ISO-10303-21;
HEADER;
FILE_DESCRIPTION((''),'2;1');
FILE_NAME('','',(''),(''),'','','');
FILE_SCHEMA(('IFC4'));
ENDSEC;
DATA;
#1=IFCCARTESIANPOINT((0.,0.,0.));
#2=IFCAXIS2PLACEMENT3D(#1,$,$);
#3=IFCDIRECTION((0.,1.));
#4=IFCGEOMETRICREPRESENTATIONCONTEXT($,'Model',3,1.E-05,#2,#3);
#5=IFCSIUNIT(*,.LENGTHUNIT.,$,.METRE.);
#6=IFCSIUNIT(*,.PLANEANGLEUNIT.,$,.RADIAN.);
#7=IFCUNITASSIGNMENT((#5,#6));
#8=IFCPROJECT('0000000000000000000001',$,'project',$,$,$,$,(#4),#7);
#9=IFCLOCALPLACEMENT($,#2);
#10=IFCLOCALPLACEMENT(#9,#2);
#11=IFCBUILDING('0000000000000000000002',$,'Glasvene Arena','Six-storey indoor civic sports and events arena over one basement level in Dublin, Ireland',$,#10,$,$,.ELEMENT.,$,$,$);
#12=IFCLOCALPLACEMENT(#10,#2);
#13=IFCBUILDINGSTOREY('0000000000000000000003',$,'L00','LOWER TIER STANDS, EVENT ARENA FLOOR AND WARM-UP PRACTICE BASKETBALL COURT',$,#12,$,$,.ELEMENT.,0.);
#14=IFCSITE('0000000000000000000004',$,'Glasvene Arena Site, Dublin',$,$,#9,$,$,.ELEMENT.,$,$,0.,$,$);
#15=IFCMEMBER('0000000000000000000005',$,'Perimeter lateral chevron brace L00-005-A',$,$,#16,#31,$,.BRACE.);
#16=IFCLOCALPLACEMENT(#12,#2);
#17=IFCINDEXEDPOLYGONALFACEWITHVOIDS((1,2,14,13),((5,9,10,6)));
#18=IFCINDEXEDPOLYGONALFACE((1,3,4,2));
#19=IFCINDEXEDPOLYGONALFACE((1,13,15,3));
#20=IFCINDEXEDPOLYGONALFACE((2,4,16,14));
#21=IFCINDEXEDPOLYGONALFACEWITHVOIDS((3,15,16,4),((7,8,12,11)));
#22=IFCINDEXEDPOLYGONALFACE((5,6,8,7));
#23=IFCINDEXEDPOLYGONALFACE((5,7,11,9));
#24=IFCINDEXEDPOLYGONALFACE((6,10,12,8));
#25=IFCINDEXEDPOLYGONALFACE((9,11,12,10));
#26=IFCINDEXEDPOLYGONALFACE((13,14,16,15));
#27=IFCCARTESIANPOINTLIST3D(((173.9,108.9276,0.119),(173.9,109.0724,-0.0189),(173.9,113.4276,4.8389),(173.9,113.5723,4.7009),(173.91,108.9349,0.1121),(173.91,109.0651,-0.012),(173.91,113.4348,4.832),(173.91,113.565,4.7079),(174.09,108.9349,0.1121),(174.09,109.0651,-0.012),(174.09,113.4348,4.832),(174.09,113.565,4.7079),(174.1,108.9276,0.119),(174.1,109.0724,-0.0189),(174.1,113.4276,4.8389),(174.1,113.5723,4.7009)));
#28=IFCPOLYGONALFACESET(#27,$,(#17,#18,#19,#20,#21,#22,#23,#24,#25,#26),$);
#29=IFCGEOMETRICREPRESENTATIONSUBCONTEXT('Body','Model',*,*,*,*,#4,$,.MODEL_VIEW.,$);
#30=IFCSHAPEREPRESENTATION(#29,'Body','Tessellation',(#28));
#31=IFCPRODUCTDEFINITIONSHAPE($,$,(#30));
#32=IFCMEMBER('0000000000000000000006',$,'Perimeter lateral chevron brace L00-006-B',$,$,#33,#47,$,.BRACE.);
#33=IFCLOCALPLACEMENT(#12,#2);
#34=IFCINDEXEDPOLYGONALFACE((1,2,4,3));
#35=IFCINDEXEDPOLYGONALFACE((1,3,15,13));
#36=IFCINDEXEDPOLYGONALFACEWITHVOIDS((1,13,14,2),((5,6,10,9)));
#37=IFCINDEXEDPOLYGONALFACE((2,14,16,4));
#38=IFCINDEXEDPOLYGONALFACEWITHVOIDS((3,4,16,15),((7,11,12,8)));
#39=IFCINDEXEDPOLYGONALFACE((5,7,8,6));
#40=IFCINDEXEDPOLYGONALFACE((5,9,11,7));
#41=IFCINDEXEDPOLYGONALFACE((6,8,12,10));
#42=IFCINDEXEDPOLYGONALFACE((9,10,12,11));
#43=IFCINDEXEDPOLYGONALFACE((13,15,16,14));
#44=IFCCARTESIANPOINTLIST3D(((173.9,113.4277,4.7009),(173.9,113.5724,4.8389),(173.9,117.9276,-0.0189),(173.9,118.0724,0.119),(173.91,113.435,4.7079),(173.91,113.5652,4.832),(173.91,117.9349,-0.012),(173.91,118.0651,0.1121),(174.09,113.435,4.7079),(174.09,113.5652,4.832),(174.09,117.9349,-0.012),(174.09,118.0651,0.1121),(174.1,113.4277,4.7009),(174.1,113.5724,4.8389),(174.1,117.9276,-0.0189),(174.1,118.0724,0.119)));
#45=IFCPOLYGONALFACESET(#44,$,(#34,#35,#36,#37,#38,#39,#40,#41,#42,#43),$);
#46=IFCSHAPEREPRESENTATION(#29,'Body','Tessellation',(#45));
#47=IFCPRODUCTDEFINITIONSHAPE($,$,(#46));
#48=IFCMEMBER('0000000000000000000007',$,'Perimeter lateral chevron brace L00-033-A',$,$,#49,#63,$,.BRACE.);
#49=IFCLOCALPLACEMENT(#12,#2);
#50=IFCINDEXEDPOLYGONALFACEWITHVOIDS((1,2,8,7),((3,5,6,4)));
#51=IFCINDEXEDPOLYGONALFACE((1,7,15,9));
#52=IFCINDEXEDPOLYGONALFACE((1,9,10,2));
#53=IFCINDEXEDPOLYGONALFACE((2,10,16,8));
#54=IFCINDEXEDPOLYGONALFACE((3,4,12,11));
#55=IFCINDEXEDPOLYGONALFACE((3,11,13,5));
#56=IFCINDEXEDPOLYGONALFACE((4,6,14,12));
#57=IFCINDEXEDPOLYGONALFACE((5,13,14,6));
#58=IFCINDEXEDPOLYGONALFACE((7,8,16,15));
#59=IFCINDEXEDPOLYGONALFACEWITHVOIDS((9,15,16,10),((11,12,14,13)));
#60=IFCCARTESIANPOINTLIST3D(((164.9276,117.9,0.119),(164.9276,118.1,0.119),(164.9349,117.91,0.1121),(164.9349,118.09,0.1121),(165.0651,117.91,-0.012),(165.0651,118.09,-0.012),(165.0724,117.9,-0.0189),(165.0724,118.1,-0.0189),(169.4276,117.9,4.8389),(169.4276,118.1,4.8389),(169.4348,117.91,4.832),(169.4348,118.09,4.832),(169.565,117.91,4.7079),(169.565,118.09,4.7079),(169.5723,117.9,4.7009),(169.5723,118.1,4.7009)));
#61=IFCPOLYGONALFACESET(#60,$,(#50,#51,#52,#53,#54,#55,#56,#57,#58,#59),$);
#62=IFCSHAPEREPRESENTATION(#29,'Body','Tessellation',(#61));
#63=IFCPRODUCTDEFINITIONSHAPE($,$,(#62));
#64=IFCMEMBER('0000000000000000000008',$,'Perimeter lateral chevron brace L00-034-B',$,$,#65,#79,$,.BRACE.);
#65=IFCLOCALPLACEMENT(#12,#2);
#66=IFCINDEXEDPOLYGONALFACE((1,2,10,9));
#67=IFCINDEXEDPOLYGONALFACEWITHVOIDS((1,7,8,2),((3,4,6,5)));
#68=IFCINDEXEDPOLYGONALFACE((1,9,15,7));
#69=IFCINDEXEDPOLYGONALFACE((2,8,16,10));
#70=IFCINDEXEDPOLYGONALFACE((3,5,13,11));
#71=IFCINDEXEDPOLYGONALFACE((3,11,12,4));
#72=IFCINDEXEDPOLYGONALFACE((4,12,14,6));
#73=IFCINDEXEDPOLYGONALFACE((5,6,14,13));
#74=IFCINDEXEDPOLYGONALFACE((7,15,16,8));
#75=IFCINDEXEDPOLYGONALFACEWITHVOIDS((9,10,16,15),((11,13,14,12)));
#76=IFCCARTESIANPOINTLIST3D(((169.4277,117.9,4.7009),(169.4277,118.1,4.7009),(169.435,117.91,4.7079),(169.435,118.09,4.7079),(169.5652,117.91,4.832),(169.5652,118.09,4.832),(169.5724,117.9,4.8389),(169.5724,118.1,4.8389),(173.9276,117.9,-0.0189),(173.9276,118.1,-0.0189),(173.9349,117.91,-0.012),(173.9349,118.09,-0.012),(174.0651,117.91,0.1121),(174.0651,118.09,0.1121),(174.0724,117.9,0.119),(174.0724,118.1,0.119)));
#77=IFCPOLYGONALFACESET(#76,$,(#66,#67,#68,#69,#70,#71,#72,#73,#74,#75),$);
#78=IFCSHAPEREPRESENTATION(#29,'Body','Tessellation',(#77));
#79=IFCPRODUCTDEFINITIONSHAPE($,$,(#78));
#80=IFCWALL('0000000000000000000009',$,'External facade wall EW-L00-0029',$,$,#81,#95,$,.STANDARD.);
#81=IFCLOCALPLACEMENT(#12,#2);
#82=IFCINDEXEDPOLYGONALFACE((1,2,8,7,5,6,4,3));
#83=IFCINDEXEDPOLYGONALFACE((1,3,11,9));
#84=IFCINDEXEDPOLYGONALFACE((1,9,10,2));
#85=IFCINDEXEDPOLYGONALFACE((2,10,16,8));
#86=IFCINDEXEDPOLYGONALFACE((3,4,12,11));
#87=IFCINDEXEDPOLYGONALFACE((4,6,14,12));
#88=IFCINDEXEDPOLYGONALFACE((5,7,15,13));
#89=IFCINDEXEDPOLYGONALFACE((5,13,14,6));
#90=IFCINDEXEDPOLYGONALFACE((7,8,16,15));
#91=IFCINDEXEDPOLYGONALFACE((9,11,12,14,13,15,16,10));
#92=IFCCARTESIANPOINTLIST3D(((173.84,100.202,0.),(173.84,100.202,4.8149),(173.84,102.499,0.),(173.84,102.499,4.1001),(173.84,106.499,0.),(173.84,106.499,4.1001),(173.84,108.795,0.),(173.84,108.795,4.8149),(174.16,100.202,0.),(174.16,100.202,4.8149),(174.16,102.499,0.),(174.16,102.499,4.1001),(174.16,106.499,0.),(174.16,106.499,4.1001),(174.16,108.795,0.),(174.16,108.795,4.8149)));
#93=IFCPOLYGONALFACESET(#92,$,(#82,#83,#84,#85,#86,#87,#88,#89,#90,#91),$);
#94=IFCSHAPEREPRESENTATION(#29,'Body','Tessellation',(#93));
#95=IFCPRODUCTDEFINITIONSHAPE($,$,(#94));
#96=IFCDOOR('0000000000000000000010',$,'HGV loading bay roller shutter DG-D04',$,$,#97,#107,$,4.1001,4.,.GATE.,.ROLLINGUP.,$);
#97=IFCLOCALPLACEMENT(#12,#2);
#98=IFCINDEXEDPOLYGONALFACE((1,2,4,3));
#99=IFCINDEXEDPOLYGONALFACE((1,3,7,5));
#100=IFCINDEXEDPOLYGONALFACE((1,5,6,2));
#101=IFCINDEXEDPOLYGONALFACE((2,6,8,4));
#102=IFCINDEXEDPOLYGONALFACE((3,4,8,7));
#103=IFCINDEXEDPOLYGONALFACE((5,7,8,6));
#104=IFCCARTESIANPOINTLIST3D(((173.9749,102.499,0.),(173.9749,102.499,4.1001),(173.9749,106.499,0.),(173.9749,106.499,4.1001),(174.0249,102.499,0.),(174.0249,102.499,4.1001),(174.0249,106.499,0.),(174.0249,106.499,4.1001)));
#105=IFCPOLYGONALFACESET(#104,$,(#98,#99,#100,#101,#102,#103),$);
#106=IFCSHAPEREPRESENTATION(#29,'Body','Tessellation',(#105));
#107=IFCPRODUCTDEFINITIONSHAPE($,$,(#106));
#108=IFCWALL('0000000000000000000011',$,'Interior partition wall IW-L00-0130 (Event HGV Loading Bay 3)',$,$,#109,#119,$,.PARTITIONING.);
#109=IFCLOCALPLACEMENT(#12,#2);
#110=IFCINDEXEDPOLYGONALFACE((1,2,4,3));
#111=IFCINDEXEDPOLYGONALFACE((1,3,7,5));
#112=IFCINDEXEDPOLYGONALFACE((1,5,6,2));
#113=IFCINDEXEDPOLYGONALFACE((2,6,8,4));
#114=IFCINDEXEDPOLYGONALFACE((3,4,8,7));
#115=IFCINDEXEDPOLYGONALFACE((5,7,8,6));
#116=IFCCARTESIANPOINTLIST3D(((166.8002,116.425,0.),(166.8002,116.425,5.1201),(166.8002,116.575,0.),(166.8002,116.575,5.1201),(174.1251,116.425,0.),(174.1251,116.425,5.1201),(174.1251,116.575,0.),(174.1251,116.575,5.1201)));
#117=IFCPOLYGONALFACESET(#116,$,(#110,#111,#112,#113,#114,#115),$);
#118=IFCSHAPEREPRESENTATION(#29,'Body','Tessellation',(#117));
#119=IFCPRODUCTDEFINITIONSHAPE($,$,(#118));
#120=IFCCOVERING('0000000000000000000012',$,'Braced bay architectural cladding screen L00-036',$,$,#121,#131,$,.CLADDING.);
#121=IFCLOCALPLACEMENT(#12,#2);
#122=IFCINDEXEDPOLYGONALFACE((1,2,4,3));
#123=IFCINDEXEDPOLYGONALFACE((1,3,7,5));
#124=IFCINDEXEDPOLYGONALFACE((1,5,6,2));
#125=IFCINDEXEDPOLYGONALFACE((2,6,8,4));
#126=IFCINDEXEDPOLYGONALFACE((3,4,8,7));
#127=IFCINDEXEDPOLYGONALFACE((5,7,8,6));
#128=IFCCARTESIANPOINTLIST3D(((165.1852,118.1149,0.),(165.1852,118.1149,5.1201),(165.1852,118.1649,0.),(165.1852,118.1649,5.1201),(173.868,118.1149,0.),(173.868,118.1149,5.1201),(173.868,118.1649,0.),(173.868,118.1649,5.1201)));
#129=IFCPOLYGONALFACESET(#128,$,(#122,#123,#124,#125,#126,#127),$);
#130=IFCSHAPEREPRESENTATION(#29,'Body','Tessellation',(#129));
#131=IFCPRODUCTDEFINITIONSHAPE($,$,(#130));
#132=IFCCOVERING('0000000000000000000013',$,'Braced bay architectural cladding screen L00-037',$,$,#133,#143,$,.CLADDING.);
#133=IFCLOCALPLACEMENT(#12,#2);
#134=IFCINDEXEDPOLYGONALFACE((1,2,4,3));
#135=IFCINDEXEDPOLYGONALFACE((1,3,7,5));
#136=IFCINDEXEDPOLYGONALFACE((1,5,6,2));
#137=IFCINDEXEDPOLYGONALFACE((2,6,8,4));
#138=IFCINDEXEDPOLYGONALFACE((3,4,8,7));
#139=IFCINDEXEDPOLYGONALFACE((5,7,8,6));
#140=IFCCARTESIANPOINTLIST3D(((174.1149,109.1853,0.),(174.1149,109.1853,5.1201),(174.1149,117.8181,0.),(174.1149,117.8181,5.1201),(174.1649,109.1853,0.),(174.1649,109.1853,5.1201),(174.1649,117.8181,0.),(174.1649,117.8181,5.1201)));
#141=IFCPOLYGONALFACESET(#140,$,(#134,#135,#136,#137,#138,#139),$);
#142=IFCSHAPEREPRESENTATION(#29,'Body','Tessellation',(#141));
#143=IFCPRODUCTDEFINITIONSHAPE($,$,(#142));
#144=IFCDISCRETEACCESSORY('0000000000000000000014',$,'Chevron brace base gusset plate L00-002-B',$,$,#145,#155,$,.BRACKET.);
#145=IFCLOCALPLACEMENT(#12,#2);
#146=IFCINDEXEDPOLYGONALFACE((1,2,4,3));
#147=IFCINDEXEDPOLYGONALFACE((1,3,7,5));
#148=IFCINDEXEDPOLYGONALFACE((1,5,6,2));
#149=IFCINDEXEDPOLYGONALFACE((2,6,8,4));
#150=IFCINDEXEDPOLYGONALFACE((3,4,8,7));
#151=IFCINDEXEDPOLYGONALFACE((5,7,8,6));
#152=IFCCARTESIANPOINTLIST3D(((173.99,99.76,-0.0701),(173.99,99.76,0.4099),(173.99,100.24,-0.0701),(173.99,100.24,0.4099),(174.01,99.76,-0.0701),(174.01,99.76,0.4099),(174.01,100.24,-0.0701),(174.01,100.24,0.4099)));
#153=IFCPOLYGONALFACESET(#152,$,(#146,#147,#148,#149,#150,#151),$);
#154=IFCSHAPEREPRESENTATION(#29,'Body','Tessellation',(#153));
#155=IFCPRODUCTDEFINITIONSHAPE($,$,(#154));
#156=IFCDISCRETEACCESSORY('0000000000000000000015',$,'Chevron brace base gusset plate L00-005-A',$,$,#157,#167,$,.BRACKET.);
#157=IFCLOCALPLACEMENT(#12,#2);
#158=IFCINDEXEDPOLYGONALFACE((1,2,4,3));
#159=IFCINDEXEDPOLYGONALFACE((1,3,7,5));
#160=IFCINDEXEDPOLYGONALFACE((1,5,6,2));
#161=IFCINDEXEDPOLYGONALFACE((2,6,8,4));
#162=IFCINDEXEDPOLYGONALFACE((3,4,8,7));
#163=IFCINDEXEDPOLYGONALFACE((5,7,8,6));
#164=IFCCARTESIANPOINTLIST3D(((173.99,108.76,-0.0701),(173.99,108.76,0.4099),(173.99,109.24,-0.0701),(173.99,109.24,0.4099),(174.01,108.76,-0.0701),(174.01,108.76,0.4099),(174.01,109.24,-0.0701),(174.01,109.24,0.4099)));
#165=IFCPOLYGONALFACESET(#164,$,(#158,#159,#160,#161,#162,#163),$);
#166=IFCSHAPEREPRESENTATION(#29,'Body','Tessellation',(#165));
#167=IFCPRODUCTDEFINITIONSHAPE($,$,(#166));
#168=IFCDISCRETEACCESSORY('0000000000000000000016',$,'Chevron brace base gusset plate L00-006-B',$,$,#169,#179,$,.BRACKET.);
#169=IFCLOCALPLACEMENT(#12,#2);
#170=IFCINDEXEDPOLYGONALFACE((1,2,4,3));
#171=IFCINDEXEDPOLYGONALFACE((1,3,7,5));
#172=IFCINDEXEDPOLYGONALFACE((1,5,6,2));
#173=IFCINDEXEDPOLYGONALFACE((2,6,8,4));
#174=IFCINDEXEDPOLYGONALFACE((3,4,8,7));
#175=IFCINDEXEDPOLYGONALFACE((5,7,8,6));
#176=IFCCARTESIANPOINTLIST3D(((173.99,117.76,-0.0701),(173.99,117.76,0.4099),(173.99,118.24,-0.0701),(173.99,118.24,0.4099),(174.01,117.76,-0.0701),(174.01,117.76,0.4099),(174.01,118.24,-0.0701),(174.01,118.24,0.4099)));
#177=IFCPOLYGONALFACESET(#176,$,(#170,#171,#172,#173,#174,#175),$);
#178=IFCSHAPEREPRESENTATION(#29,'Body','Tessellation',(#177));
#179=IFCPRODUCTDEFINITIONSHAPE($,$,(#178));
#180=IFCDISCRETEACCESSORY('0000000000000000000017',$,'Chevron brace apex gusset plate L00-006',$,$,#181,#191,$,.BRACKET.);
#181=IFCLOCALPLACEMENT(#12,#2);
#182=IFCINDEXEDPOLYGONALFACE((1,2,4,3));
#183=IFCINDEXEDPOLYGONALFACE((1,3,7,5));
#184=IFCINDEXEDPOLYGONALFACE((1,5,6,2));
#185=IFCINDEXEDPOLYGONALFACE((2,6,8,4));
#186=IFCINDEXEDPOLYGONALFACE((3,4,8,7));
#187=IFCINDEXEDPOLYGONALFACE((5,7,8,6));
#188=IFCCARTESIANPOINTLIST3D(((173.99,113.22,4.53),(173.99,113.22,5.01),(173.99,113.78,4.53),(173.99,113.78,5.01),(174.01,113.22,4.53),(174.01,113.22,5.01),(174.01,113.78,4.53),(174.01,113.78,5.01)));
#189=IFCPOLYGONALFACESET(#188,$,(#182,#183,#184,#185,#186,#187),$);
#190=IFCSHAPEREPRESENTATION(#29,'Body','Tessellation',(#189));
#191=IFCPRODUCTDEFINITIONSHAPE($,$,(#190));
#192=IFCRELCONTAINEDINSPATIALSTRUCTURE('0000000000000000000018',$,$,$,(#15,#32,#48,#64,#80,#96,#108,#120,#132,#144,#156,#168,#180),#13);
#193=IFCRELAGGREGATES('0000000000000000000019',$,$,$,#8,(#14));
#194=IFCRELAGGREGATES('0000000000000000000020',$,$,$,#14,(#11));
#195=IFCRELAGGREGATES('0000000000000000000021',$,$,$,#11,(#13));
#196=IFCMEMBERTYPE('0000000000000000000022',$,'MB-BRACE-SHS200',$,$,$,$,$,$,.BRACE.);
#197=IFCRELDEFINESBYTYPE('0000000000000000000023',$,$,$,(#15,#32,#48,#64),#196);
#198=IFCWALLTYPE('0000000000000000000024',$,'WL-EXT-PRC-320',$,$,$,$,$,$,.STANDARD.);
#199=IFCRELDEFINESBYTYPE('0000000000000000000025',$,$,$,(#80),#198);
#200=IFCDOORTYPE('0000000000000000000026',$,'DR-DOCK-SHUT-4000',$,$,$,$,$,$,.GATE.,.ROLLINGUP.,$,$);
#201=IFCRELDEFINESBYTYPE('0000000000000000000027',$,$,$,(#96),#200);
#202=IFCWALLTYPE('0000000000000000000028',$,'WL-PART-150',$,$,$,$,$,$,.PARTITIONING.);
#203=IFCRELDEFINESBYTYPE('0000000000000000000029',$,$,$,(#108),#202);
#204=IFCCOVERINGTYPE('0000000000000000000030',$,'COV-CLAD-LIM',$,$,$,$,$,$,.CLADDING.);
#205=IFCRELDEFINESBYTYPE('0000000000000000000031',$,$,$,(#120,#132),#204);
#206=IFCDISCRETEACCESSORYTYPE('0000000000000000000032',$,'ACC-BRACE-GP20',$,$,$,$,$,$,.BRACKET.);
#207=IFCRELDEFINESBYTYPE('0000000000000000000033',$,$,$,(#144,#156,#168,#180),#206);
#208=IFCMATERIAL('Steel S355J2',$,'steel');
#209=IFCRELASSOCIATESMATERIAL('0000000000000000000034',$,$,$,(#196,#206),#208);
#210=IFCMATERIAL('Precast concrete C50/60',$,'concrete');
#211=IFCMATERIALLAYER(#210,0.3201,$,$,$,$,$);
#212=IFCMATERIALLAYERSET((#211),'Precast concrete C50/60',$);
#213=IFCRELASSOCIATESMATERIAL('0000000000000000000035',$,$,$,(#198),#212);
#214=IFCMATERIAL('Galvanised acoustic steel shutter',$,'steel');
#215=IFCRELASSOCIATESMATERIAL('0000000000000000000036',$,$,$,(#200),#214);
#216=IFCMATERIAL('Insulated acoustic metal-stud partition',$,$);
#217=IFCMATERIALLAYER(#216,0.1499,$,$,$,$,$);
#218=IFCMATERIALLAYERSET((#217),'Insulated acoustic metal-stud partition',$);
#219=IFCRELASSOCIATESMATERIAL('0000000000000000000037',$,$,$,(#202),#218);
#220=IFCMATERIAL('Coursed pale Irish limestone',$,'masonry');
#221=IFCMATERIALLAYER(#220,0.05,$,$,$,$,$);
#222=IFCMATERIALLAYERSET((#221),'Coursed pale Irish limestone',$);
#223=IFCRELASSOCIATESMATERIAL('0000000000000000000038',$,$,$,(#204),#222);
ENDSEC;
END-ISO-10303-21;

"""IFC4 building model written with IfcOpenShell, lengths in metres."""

from ifc_helpers import new_model, si_unit, direction, frame, frame_2d, origin, origin_2d, place, context, subcontext, project, spatial, rectangle, hollow_rectangle, extrude, material, layer, layer_set, material_profile, profile_set, type_object, element, fill, save


model = new_model("IFC4")

# Units and contexts
model_context = context("Model", 3, precision=1e-05, world=origin(), true_north=direction((0.0, 1.0)))
body_context = subcontext(model_context, "Body", "Model", "MODEL_VIEW")
ifc_project = project(units=[si_unit("LENGTHUNIT", "METRE"), si_unit("PLANEANGLEUNIT", "RADIAN")], contexts=[model_context])

# Site, building, storey
site_placement = place(None, origin())
site = spatial("IfcSite", under=ifc_project, at=site_placement, Name="Glasvene Arena Site, Dublin", CompositionType="ELEMENT", RefElevation=0.0)
building_placement = place(site_placement, origin())
building = spatial("IfcBuilding", under=site, at=building_placement, Name="Glasvene Arena", Description="Six-storey indoor civic sports and events arena over one basement level in Dublin, Ireland", CompositionType="ELEMENT")
storey_placement = place(building_placement, origin())
storey = spatial("IfcBuildingStorey", under=building, at=storey_placement, Name="L00", Description="LOWER TIER STANDS, EVENT ARENA FLOOR AND WARM-UP PRACTICE BASKETBALL COURT", CompositionType="ELEMENT", Elevation=0.0)

# Shared definitions
ifc_material_1 = material(Name="Steel S355J2", Category="steel")

# Members
ifc_material_profile_1 = material_profile(ifc_material_1, hollow_rectangle(XDim=0.2, YDim=0.2, WallThickness=0.01, at=origin_2d()), Name="SHS 200x200x10.0")
ifc_profile_set_1 = profile_set([ifc_material_profile_1], Name="Steel S355J2")
member_type = type_object("IfcMemberType", Name="MB-BRACE-SHS200", PredefinedType="BRACE", material=ifc_profile_set_1)
for number, where, z_axis, x_axis, name in (
    (1, (174.0, 109.0, 0.05), (0.0, 0.69004, 0.723771), (-1.0, 0.0, 0.0), "Perimeter lateral chevron brace L00-005-A"),
    (2, (174.0, 118.0, 0.05), (0.0, -0.69004, 0.723771), (1.0, 0.0, 0.0), "Perimeter lateral chevron brace L00-006-B"),
    (3, (165.0, 118.0, 0.05), (0.69004, 0.0, 0.723771), (0.0, 1.0, 0.0), "Perimeter lateral chevron brace L00-033-A"),
    (4, (174.0, 118.0, 0.05), (-0.69004, 0.0, 0.723771), (0.0, -1.0, 0.0), "Perimeter lateral chevron brace L00-034-B"),
):
    element("IfcMember", number, at=place(storey_placement, frame(where, z_axis=z_axis, x_axis=x_axis)), inside=storey, type_object=member_type, Name=name, PredefinedType="BRACE", context=body_context, shape_type="SweptSolid", body=[
        extrude(hollow_rectangle(XDim=0.2, YDim=0.2, WallThickness=0.01, at=origin_2d()), origin(), (0.0, 0.0, 1.0), 6.5212),
    ])

# Wall, opening, door
ifc_material_2 = material(Name="Precast concrete C50/60", Category="concrete")
ifc_layer_1 = layer(ifc_material_2, 0.3201)
ifc_layer_set_1 = layer_set([ifc_layer_1], Name="Precast concrete C50/60")
wall_type_1 = type_object("IfcWallType", Name="WL-EXT-PRC-320", PredefinedType="STANDARD", material=ifc_layer_set_1)
wall_1_placement = place(storey_placement, frame((174.0, 108.7949, 0.0), z_axis=(0.0, 0.0, 1.0), x_axis=(0.0, -1.0, 0.0)))
wall_1 = element("IfcWall", 5, at=wall_1_placement, inside=storey, type_object=wall_type_1, Name="External facade wall EW-L00-0029", PredefinedType="STANDARD", context=body_context, shape_type="SweptSolid", body=[
    extrude(rectangle(XDim=8.593, YDim=0.3201, at=frame_2d((4.2964, 0.0))), origin(), (0.0, 0.0, 1.0), 4.8149),
])
opening_placement = place(wall_1_placement, frame((2.2959, 0.0, 0.0)))
opening = element("IfcOpeningElement", 6, at=opening_placement, cuts=wall_1, PredefinedType="OPENING", context=body_context, shape_type="SweptSolid", body=[
    extrude(rectangle(XDim=4.0, YDim=4.1001, at=frame_2d((2.0, 2.05))), frame((0.0, 0.1699, 0.0), z_axis=(0.0, -1.0, 0.0), x_axis=(1.0, 0.0, 0.0)), (0.0, 0.0, 1.0), 0.3401),
])
ifc_material_3 = material(Name="Galvanised acoustic steel shutter", Category="steel")
door_type = type_object("IfcDoorType", Name="DR-DOCK-SHUT-4000", OperationType="ROLLINGUP", PredefinedType="GATE", material=ifc_material_3)
door_placement = place(opening_placement, origin())
door = element("IfcDoor", 7, at=door_placement, inside=storey, type_object=door_type, Name="HGV loading bay roller shutter DG-D04", OperationType="ROLLINGUP", OverallHeight=4.1001, OverallWidth=4.0, PredefinedType="GATE", context=body_context, shape_type="SweptSolid", body=[
    extrude(rectangle(XDim=4.0, YDim=4.1001, at=frame_2d((2.0, 2.05))), frame((0.0, 0.0249, 0.0), z_axis=(0.0, -1.0, 0.0), x_axis=(1.0, 0.0, 0.0)), (0.0, 0.0, 1.0), 0.05),
])
fill(opening, door)

# Wall
ifc_material_4 = material(Name="Insulated acoustic metal-stud partition")
ifc_layer_2 = layer(ifc_material_4, 0.1499)
ifc_layer_set_2 = layer_set([ifc_layer_2], Name="Insulated acoustic metal-stud partition")
wall_type_2 = type_object("IfcWallType", Name="WL-PART-150", PredefinedType="PARTITIONING", material=ifc_layer_set_2)
wall_2_placement = place(storey_placement, frame((166.8, 116.5, 0.0), z_axis=(0.0, 0.0, 1.0), x_axis=(1.0, 0.0, 0.0)))
element("IfcWall", 8, at=wall_2_placement, inside=storey, type_object=wall_type_2, Name="Interior partition wall IW-L00-0130 (Event HGV Loading Bay 3)", PredefinedType="PARTITIONING", context=body_context, shape_type="SweptSolid", body=[
    extrude(rectangle(XDim=7.325, YDim=0.1499, at=frame_2d((3.6626, 0.0))), origin(), (0.0, 0.0, 1.0), 5.1201),
])

# Coverings
ifc_material_5 = material(Name="Coursed pale Irish limestone", Category="masonry")
ifc_layer_3 = layer(ifc_material_5, 0.05)
ifc_layer_set_3 = layer_set([ifc_layer_3], Name="Coursed pale Irish limestone")
covering_type = type_object("IfcCoveringType", Name="COV-CLAD-LIM", PredefinedType="CLADDING", material=ifc_layer_set_3)
covering_1_placement = place(storey_placement, frame((169.5266, 118.1399, 0.0), z_axis=(0.0, 0.0, 1.0), x_axis=(1.0, 0.0, 0.0)))
element("IfcCovering", 9, at=covering_1_placement, inside=storey, type_object=covering_type, Name="Braced bay architectural cladding screen L00-036", PredefinedType="CLADDING", context=body_context, shape_type="SweptSolid", body=[
    extrude(rectangle(XDim=8.6829, YDim=0.05, at=origin_2d()), origin(), (0.0, 0.0, 1.0), 5.1201),
])
covering_2_placement = place(storey_placement, frame((174.1399, 113.5017, 0.0), z_axis=(0.0, 0.0, 1.0), x_axis=(0.0, -1.0, 0.0)))
element("IfcCovering", 10, at=covering_2_placement, inside=storey, type_object=covering_type, Name="Braced bay architectural cladding screen L00-037", PredefinedType="CLADDING", context=body_context, shape_type="SweptSolid", body=[
    extrude(rectangle(XDim=8.6328, YDim=0.05, at=origin_2d()), origin(), (0.0, 0.0, 1.0), 5.1201),
])

# Discrete accessories
discrete_accessory_type_1 = type_object("IfcDiscreteAccessoryType", Name="ACC-BRACE-GP20", PredefinedType="BRACKET", material=ifc_material_1)
for number, where, z_axis, x_axis, name in (
    (11, (174.0, 100.0, -0.0701), (0.0, 0.0, 1.0), (1.0, 0.0, 0.0), "Chevron brace base gusset plate L00-002-B"),
    (12, (174.0, 109.0, -0.0701), (0.0, 0.0, 1.0), (1.0, 0.0, 0.0), "Chevron brace base gusset plate L00-005-A"),
    (13, (174.0, 118.0, -0.0701), (0.0, 0.0, 1.0), (1.0, 0.0, 0.0), "Chevron brace base gusset plate L00-006-B"),
):
    element("IfcDiscreteAccessory", number, at=place(storey_placement, frame(where, z_axis=z_axis, x_axis=x_axis)), inside=storey, type_object=discrete_accessory_type_1, Name=name, PredefinedType="BRACKET", context=body_context, shape_type="SweptSolid", body=[
        extrude(rectangle(XDim=0.02, YDim=0.48, at=origin_2d()), origin(), (0.0, 0.0, 1.0), 0.48),
    ])
discrete_accessory_1_placement = place(storey_placement, frame((174.0, 113.5, 4.53), z_axis=(0.0, 0.0, 1.0), x_axis=(1.0, 0.0, 0.0)))
element("IfcDiscreteAccessory", 14, at=discrete_accessory_1_placement, inside=storey, type_object=discrete_accessory_type_1, Name="Chevron brace apex gusset plate L00-006", PredefinedType="BRACKET", context=body_context, shape_type="SweptSolid", body=[
    extrude(rectangle(XDim=0.02, YDim=0.5601, at=origin_2d()), origin(), (0.0, 0.0, 1.0), 0.48),
])

save(model, "model.ifc")
